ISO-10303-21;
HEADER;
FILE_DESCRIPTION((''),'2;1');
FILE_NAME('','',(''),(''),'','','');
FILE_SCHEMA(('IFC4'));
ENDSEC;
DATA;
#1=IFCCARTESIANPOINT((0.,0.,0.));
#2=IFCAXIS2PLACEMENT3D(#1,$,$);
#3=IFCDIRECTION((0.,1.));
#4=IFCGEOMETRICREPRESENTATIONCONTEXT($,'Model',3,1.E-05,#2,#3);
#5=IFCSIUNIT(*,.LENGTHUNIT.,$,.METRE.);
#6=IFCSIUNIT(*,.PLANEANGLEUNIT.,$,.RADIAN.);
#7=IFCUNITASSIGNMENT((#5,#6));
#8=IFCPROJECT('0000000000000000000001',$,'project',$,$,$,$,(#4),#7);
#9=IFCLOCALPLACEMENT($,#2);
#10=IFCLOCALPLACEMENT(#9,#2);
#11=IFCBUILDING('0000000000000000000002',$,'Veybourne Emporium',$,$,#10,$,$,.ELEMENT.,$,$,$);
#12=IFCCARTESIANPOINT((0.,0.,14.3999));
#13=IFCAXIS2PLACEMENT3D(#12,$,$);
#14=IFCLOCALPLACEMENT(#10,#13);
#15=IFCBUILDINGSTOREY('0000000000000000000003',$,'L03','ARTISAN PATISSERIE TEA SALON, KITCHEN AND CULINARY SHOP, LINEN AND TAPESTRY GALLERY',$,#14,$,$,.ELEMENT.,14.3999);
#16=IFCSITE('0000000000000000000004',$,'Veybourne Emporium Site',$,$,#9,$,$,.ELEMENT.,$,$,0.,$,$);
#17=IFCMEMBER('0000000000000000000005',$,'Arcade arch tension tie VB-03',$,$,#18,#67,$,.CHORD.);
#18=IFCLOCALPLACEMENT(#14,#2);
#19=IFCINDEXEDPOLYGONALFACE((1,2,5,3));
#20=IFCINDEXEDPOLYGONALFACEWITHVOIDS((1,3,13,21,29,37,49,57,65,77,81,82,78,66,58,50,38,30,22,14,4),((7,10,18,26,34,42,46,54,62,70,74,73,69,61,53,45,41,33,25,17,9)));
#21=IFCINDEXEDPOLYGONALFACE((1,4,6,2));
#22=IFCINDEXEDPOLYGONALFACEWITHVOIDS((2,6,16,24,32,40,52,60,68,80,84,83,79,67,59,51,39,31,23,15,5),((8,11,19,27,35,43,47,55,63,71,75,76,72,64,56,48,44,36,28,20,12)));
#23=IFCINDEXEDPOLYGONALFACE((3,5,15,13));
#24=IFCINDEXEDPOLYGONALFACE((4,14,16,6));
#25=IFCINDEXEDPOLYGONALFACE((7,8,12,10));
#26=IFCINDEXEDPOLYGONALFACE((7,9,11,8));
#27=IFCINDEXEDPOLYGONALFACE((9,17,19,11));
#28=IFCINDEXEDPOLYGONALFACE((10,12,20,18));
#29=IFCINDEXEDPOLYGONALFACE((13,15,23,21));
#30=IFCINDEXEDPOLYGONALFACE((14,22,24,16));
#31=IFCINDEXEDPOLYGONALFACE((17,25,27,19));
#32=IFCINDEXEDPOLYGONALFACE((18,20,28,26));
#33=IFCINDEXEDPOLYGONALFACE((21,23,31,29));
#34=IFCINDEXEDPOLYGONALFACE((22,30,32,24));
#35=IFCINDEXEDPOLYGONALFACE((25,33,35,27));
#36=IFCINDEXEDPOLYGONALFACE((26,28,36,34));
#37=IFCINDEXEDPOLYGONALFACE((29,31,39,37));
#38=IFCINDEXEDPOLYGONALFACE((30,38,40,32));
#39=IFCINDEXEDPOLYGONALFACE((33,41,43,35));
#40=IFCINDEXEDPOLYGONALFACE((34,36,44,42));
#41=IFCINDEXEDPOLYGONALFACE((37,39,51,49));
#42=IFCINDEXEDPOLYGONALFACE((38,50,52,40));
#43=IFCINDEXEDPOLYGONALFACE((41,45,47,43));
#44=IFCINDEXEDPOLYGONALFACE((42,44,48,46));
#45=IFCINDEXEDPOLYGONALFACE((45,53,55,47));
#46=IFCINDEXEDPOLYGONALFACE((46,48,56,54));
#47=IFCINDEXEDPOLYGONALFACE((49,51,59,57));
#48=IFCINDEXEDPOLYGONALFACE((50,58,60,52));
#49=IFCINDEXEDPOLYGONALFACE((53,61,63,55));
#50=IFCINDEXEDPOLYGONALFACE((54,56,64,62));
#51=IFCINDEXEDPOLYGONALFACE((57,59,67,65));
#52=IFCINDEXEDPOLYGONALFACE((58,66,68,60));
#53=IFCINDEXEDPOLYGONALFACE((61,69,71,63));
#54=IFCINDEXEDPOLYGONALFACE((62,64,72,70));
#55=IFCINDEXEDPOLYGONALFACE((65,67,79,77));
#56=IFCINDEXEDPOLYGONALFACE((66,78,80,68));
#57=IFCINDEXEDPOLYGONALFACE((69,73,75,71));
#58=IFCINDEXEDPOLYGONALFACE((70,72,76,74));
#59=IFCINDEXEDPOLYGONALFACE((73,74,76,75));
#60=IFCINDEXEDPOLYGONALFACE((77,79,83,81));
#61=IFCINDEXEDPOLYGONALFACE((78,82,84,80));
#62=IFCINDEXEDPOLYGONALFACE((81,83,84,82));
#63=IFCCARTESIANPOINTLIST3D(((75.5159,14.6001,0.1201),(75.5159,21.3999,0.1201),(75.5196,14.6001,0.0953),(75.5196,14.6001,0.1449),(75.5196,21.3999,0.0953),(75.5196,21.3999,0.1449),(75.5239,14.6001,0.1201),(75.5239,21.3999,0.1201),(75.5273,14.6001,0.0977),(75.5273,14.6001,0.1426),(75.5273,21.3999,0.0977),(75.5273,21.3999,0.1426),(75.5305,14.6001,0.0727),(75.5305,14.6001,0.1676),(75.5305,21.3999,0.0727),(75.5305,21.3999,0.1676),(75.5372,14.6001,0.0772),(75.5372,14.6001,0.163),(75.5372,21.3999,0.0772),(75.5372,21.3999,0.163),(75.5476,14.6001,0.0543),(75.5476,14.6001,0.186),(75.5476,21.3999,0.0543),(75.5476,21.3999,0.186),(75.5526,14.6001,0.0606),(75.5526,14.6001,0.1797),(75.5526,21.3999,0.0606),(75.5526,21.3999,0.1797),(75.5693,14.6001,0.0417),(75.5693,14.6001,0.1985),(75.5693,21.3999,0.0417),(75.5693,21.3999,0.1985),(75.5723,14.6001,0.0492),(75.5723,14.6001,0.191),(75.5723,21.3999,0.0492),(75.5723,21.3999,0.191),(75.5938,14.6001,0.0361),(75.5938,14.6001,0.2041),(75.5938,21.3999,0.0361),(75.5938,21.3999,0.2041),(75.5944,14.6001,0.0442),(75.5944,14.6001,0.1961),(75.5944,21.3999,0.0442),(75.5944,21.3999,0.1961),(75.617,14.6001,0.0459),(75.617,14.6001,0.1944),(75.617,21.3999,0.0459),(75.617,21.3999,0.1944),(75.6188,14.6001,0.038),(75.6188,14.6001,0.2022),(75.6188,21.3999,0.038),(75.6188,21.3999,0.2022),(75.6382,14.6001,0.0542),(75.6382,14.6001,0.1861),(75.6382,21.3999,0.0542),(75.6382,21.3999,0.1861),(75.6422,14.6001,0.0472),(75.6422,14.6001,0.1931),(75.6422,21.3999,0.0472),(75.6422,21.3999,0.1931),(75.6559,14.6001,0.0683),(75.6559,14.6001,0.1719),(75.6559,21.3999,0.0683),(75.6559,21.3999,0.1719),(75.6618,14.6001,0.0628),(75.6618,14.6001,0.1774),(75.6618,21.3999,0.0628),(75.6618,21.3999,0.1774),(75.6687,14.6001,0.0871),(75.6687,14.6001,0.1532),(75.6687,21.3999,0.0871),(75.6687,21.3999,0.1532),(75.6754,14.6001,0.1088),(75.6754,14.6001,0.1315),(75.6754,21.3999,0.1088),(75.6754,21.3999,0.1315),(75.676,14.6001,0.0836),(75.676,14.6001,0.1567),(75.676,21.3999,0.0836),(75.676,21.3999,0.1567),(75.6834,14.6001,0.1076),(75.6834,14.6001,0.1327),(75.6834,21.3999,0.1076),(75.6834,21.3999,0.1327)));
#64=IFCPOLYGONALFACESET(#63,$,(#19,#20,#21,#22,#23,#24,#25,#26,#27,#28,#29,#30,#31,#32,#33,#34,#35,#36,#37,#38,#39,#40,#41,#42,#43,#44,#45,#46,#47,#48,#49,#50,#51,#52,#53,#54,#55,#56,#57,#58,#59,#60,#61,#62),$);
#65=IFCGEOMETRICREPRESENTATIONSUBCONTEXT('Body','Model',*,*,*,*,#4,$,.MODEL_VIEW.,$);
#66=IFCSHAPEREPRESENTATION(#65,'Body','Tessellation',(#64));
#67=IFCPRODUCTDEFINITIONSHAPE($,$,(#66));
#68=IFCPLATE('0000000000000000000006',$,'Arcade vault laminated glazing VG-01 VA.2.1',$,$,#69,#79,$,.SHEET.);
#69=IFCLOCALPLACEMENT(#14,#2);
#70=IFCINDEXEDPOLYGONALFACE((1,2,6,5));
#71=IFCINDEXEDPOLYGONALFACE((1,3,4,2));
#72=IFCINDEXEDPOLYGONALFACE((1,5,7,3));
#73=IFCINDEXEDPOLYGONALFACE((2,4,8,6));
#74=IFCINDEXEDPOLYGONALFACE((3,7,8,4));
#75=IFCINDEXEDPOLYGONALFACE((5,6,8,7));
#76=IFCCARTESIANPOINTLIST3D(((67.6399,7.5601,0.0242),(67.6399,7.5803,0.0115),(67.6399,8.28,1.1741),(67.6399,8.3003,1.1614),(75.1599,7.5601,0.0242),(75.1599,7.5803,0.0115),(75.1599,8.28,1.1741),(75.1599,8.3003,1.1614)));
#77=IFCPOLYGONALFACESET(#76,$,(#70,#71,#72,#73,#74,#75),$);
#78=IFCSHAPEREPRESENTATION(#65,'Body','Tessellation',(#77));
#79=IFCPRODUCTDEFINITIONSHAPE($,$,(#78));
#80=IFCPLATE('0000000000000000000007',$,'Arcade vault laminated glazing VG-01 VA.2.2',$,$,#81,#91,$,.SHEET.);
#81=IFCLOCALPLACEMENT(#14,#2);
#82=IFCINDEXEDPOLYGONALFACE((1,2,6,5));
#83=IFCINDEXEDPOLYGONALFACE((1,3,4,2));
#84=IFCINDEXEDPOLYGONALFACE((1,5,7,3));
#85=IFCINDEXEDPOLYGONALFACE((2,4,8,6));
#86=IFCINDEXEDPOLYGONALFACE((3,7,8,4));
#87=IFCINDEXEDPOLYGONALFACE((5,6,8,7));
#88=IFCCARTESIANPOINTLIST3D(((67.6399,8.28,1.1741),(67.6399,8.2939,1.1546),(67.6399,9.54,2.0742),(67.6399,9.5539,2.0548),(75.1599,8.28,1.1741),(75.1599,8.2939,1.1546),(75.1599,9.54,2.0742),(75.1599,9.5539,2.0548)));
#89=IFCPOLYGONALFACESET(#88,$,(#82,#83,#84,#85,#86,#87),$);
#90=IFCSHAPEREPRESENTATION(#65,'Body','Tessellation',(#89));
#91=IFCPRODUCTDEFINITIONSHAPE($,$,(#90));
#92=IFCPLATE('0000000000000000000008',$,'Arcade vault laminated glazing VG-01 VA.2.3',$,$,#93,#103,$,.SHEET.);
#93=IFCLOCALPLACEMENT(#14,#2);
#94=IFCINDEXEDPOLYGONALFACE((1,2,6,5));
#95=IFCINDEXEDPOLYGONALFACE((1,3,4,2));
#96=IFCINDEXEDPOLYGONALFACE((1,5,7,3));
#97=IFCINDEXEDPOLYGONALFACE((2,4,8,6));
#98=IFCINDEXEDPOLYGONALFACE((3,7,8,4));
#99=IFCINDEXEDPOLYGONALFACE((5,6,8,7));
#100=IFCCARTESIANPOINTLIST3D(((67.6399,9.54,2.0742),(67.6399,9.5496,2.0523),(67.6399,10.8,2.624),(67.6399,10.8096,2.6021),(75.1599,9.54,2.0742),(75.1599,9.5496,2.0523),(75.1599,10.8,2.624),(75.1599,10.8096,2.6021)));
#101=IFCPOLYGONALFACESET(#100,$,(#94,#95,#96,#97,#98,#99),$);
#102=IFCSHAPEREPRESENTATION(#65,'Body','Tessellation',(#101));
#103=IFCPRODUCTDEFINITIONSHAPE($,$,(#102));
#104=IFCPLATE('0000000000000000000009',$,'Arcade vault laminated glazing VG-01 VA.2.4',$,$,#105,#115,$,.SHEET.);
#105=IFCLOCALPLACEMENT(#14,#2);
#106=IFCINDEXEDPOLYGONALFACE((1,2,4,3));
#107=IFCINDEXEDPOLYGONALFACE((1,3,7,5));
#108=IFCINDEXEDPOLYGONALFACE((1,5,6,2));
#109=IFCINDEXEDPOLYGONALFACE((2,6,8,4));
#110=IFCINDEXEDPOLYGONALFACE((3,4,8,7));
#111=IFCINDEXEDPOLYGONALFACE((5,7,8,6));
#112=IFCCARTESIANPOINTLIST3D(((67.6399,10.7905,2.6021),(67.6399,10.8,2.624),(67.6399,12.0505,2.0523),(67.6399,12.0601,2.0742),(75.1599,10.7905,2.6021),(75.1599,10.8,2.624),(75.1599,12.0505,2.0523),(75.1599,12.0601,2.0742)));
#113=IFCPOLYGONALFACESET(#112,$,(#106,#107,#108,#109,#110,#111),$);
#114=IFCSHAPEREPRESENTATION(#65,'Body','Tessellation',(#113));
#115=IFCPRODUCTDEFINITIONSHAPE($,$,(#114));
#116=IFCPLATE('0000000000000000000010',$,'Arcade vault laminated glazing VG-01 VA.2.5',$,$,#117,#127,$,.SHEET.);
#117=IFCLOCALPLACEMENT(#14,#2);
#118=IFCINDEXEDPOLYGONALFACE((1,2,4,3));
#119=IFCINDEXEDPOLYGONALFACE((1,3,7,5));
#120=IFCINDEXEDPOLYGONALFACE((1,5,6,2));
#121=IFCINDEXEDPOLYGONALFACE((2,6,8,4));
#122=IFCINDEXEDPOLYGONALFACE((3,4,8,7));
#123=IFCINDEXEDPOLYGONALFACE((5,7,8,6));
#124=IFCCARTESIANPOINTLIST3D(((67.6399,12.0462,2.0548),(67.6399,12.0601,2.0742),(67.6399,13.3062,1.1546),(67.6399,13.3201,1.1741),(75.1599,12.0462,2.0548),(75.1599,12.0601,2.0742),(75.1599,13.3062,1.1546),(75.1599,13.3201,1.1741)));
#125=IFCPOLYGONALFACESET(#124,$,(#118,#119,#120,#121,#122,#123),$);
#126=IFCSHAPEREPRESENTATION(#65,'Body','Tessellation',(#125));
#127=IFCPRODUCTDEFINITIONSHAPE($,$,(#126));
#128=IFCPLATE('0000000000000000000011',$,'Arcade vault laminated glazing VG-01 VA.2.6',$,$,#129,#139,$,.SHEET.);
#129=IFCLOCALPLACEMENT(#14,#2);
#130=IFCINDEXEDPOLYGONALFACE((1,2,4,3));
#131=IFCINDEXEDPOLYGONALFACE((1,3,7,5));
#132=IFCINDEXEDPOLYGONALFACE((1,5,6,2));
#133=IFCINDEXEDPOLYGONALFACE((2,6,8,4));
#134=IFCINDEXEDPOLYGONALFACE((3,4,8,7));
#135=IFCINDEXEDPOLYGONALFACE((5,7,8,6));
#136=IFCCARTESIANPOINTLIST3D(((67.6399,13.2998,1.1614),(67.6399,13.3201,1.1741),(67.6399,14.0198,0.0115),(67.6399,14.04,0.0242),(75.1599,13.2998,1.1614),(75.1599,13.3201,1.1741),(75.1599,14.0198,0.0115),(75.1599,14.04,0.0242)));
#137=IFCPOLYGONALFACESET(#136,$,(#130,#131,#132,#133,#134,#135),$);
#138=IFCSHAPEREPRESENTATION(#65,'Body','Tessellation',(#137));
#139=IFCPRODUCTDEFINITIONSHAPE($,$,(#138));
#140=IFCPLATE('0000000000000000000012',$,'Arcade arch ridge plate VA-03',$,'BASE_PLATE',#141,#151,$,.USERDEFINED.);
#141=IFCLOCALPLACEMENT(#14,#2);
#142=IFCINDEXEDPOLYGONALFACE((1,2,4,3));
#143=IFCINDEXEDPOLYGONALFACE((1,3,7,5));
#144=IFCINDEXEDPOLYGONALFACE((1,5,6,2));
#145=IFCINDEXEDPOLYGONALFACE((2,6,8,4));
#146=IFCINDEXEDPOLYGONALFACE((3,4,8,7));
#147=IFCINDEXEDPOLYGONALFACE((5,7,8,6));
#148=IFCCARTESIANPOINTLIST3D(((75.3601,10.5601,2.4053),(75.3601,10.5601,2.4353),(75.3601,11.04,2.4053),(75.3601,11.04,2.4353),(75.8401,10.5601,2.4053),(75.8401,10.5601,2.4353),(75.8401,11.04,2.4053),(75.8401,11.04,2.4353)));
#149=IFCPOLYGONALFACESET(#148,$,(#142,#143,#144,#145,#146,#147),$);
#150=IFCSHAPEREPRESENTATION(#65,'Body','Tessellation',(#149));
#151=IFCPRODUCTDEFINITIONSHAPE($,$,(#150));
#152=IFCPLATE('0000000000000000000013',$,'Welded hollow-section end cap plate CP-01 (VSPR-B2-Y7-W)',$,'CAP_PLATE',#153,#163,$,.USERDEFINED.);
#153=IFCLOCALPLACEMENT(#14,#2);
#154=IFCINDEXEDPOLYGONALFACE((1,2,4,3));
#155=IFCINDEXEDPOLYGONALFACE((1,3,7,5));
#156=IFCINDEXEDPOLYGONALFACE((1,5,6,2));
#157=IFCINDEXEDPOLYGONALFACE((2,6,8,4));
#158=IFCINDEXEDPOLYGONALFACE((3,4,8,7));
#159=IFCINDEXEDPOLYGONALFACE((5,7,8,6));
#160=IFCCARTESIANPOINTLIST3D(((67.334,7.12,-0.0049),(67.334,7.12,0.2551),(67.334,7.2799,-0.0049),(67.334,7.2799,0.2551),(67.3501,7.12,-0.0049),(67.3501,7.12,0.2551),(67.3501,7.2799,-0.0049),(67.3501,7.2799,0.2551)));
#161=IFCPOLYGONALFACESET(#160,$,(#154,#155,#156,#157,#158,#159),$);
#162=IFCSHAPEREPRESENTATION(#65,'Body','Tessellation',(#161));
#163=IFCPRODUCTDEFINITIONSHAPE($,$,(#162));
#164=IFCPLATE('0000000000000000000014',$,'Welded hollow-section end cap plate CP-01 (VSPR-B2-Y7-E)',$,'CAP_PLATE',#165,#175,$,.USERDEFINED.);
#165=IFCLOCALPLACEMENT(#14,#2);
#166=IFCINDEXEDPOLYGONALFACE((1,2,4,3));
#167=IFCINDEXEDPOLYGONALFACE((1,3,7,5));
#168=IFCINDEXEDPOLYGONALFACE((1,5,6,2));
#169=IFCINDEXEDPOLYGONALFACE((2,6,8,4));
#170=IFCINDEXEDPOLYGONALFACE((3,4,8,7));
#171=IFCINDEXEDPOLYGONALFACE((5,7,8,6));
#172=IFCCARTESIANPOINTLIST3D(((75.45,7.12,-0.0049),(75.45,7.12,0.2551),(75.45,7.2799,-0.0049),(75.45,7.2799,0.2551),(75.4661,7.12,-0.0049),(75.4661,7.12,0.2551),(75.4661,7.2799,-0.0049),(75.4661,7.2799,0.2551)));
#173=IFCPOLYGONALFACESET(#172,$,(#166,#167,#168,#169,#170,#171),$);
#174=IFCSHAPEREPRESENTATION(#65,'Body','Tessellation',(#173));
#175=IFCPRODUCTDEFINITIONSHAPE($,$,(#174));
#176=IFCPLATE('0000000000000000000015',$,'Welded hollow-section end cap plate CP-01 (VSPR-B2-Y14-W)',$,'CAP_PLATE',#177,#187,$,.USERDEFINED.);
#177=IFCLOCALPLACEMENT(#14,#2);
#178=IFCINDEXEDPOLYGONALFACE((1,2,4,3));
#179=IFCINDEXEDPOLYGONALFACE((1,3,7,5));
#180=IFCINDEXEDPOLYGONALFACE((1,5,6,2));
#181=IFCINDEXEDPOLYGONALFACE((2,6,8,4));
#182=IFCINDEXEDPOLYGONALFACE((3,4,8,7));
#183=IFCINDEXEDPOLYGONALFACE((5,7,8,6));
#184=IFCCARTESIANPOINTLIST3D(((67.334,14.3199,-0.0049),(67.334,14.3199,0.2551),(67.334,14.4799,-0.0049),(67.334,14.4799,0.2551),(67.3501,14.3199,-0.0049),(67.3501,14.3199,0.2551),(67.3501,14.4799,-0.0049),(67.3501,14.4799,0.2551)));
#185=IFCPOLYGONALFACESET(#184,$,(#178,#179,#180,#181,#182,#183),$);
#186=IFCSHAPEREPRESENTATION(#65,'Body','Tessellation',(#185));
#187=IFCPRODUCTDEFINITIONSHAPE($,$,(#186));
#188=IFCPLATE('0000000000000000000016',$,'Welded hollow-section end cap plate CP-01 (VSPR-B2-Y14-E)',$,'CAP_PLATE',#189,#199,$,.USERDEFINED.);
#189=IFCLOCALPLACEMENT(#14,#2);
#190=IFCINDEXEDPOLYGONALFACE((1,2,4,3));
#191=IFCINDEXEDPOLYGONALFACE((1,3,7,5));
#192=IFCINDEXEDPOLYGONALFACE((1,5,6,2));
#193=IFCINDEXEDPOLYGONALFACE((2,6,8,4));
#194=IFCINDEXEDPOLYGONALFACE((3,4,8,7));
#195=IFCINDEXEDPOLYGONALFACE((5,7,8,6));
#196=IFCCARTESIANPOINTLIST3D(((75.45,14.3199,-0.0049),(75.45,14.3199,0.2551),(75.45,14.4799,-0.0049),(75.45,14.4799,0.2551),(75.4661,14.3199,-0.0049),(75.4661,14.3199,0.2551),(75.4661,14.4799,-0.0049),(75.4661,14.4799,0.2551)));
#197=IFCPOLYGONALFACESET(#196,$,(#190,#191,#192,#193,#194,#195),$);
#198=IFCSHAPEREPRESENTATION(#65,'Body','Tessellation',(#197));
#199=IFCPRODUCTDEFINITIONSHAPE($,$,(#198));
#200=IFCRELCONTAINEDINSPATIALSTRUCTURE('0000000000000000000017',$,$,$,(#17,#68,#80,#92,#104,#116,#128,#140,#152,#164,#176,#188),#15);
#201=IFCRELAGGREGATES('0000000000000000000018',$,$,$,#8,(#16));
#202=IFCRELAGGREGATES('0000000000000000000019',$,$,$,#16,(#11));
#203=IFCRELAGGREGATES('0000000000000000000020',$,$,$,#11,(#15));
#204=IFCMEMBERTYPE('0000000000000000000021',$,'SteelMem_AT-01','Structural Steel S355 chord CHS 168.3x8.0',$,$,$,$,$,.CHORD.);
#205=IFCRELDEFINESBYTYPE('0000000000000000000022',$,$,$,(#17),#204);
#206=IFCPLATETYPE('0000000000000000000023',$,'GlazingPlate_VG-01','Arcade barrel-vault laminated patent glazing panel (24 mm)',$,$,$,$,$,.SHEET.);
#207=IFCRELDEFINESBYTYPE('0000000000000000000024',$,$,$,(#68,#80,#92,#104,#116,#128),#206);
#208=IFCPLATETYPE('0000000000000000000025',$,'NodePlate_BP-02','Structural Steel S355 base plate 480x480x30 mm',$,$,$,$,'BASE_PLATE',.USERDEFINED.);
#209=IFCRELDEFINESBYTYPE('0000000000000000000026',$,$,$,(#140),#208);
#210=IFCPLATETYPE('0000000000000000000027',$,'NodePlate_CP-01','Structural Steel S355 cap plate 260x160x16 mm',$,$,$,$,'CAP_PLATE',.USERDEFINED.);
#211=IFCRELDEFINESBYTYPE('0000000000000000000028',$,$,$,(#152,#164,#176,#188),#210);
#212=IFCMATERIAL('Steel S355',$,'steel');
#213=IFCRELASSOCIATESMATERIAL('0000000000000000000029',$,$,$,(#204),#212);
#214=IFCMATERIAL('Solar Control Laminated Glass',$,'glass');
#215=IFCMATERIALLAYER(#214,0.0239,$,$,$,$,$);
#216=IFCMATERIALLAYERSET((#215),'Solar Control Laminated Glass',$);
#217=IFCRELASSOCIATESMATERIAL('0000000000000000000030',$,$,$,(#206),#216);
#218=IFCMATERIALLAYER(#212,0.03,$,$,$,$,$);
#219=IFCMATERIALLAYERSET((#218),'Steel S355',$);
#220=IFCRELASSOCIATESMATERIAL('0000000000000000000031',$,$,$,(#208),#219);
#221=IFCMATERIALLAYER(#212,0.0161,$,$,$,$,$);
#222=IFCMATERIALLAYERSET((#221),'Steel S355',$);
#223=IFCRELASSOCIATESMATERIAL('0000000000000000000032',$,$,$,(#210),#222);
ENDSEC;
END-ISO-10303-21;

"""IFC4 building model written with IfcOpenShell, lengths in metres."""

from ifc_helpers import new_model, si_unit, direction, frame, origin, origin_2d, place, context, subcontext, project, spatial, polyline, rectangle, hollow_circle, outline, extrude, material, layer, layer_set, material_profile, profile_set, type_object, element, save


model = new_model("IFC4")

# Units and contexts
model_context = context("Model", 3, precision=1e-05, world=origin(), true_north=direction((0.0, 1.0)))
body_context = subcontext(model_context, "Body", "Model", "MODEL_VIEW")
ifc_project = project(units=[si_unit("LENGTHUNIT", "METRE"), si_unit("PLANEANGLEUNIT", "RADIAN")], contexts=[model_context])

# Site, building, storey
site_placement = place(None, origin())
site = spatial("IfcSite", under=ifc_project, at=site_placement, Name="Veybourne Emporium Site", CompositionType="ELEMENT", RefElevation=0.0)
building_placement = place(site_placement, origin())
building = spatial("IfcBuilding", under=site, at=building_placement, Name="Veybourne Emporium", CompositionType="ELEMENT")
storey_placement = place(building_placement, frame((0.0, 0.0, 14.3999)))
storey = spatial("IfcBuildingStorey", under=building, at=storey_placement, Name="L03", Description="ARTISAN PATISSERIE TEA SALON, KITCHEN AND CULINARY SHOP, LINEN AND TAPESTRY GALLERY", CompositionType="ELEMENT", Elevation=14.3999)

# Shared definitions
ifc_material_1 = material(Name="Steel S355", Category="steel")

# Member
ifc_material_profile_1 = material_profile(ifc_material_1, hollow_circle(Radius=0.0842, WallThickness=0.0081, at=origin_2d()), Name="CHS 168.3x8.0")
ifc_profile_set_1 = profile_set([ifc_material_profile_1], Name="Steel S355")
member_type_1 = type_object("IfcMemberType", Name="SteelMem_AT-01", Description="Structural Steel S355 chord CHS 168.3x8.0", PredefinedType="CHORD", material=ifc_profile_set_1)
for number, where, z_axis, x_axis, name in (
    (1, (75.6001, 14.6001, 0.1201), (0.0, 1.0, 0.0), (-1.0, 0.0, 0.0), "Arcade arch tension tie VB-03"),
):
    element("IfcMember", number, at=place(storey_placement, frame(where, z_axis=z_axis, x_axis=x_axis)), inside=storey, type_object=member_type_1, Name=name, PredefinedType="CHORD", context=body_context, shape_type="SweptSolid", body=[
        extrude(hollow_circle(Radius=0.0842, WallThickness=0.0081, at=origin_2d()), origin(), (0.0, 0.0, 1.0), 6.7998),
    ])

# Plates
ifc_material_2 = material(Name="Solar Control Laminated Glass", Category="glass")
ifc_layer_1 = layer(ifc_material_2, 0.0239)
ifc_layer_set_1 = layer_set([ifc_layer_1], Name="Solar Control Laminated Glass")
plate_type_1 = type_object("IfcPlateType", Name="GlazingPlate_VG-01", Description="Arcade barrel-vault laminated patent glazing panel (24 mm)", PredefinedType="SHEET", material=ifc_layer_set_1)
plate_1_placement = place(storey_placement, frame((67.6399, 7.5601, 0.0242), z_axis=(0.0, -0.847573, 0.530678), x_axis=(1.0, 0.0, 0.0)))
element("IfcPlate", 2, at=plate_1_placement, inside=storey, type_object=plate_type_1, Name="Arcade vault laminated glazing VG-01 VA.2.1", PredefinedType="SHEET", context=body_context, shape_type="SweptSolid", body=[
    extrude(outline(polyline([(0.0, 0.0), (7.52, 0.0), (7.52, 1.3567), (0.0, 1.3567), (0.0, 0.0)])), origin(), (0.0, 0.0, -1.0), 0.0239),
])
plate_2_placement = place(storey_placement, frame((67.6399, 8.28, 1.1741), z_axis=(0.0, -0.581298, 0.813691), x_axis=(1.0, 0.0, 0.0)))
element("IfcPlate", 3, at=plate_2_placement, inside=storey, type_object=plate_type_1, Name="Arcade vault laminated glazing VG-01 VA.2.2", PredefinedType="SHEET", context=body_context, shape_type="SweptSolid", body=[
    extrude(outline(polyline([(0.0, 0.0), (7.52, 0.0), (7.52, 1.5485), (0.0, 1.5485), (0.0, 0.0)])), origin(), (0.0, 0.0, -1.0), 0.0239),
])
for number, where, z_axis, x_axis, name in (
    (4, (67.6399, 9.54, 2.0742), (0.0, -0.399934, 0.916544), (1.0, 0.0, 0.0), "Arcade vault laminated glazing VG-01 VA.2.3"),
    (5, (67.6399, 10.8, 2.624), (0.0, 0.399934, 0.916544), (1.0, 0.0, 0.0), "Arcade vault laminated glazing VG-01 VA.2.4"),
):
    element("IfcPlate", number, at=place(storey_placement, frame(where, z_axis=z_axis, x_axis=x_axis)), inside=storey, type_object=plate_type_1, Name=name, PredefinedType="SHEET", context=body_context, shape_type="SweptSolid", body=[
        extrude(outline(polyline([(0.0, 0.0), (7.52, 0.0), (7.52, 1.3747), (0.0, 1.3747), (0.0, 0.0)])), origin(), (0.0, 0.0, -1.0), 0.0239),
    ])
plate_3_placement = place(storey_placement, frame((67.6399, 12.0601, 2.0742), z_axis=(0.0, 0.581298, 0.813691), x_axis=(1.0, 0.0, 0.0)))
element("IfcPlate", 6, at=plate_3_placement, inside=storey, type_object=plate_type_1, Name="Arcade vault laminated glazing VG-01 VA.2.5", PredefinedType="SHEET", context=body_context, shape_type="SweptSolid", body=[
    extrude(outline(polyline([(0.0, 0.0), (7.52, 0.0), (7.52, 1.5485), (0.0, 1.5485), (0.0, 0.0)])), origin(), (0.0, 0.0, -1.0), 0.0239),
])
plate_4_placement = place(storey_placement, frame((67.6399, 13.3201, 1.1741), z_axis=(0.0, 0.847573, 0.530678), x_axis=(1.0, 0.0, 0.0)))
element("IfcPlate", 7, at=plate_4_placement, inside=storey, type_object=plate_type_1, Name="Arcade vault laminated glazing VG-01 VA.2.6", PredefinedType="SHEET", context=body_context, shape_type="SweptSolid", body=[
    extrude(outline(polyline([(0.0, 0.0), (7.52, 0.0), (7.52, 1.3567), (0.0, 1.3567), (0.0, 0.0)])), origin(), (0.0, 0.0, -1.0), 0.0239),
])
ifc_layer_2 = layer(ifc_material_1, 0.03)
ifc_layer_set_2 = layer_set([ifc_layer_2], Name="Steel S355")
plate_type_2 = type_object("IfcPlateType", Name="NodePlate_BP-02", Description="Structural Steel S355 base plate 480x480x30 mm", ElementType="BASE_PLATE", PredefinedType="USERDEFINED", material=ifc_layer_set_2)
plate_5_placement = place(storey_placement, frame((75.6001, 10.8, 2.4053), z_axis=(0.0, 0.0, 1.0), x_axis=(1.0, 0.0, 0.0)))
element("IfcPlate", 8, at=plate_5_placement, inside=storey, type_object=plate_type_2, Name="Arcade arch ridge plate VA-03", ObjectType="BASE_PLATE", PredefinedType="USERDEFINED", context=body_context, shape_type="SweptSolid", body=[
    extrude(rectangle(XDim=0.48, YDim=0.48, at=origin_2d()), origin(), (0.0, 0.0, 1.0), 0.03),
])
ifc_layer_3 = layer(ifc_material_1, 0.0161)
ifc_layer_set_3 = layer_set([ifc_layer_3], Name="Steel S355")
plate_type_3 = type_object("IfcPlateType", Name="NodePlate_CP-01", Description="Structural Steel S355 cap plate 260x160x16 mm", ElementType="CAP_PLATE", PredefinedType="USERDEFINED", material=ifc_layer_set_3)
for number, where, z_axis, x_axis, name in (
    (9, (67.342, 7.2, -0.0049), (0.0, 0.0, 1.0), (1.0, 0.0, 0.0), "Welded hollow-section end cap plate CP-01 (VSPR-B2-Y7-W)"),
    (10, (75.458, 7.2, -0.0049), (0.0, 0.0, 1.0), (1.0, 0.0, 0.0), "Welded hollow-section end cap plate CP-01 (VSPR-B2-Y7-E)"),
    (11, (67.342, 14.3999, -0.0049), (0.0, 0.0, 1.0), (1.0, 0.0, 0.0), "Welded hollow-section end cap plate CP-01 (VSPR-B2-Y14-W)"),
    (12, (75.458, 14.3999, -0.0049), (0.0, 0.0, 1.0), (1.0, 0.0, 0.0), "Welded hollow-section end cap plate CP-01 (VSPR-B2-Y14-E)"),
):
    element("IfcPlate", number, at=place(storey_placement, frame(where, z_axis=z_axis, x_axis=x_axis)), inside=storey, type_object=plate_type_3, Name=name, ObjectType="CAP_PLATE", PredefinedType="USERDEFINED", context=body_context, shape_type="SweptSolid", body=[
        extrude(rectangle(XDim=0.0161, YDim=0.1599, at=origin_2d()), origin(), (0.0, 0.0, 1.0), 0.26),
    ])

save(model, "model.ifc")
